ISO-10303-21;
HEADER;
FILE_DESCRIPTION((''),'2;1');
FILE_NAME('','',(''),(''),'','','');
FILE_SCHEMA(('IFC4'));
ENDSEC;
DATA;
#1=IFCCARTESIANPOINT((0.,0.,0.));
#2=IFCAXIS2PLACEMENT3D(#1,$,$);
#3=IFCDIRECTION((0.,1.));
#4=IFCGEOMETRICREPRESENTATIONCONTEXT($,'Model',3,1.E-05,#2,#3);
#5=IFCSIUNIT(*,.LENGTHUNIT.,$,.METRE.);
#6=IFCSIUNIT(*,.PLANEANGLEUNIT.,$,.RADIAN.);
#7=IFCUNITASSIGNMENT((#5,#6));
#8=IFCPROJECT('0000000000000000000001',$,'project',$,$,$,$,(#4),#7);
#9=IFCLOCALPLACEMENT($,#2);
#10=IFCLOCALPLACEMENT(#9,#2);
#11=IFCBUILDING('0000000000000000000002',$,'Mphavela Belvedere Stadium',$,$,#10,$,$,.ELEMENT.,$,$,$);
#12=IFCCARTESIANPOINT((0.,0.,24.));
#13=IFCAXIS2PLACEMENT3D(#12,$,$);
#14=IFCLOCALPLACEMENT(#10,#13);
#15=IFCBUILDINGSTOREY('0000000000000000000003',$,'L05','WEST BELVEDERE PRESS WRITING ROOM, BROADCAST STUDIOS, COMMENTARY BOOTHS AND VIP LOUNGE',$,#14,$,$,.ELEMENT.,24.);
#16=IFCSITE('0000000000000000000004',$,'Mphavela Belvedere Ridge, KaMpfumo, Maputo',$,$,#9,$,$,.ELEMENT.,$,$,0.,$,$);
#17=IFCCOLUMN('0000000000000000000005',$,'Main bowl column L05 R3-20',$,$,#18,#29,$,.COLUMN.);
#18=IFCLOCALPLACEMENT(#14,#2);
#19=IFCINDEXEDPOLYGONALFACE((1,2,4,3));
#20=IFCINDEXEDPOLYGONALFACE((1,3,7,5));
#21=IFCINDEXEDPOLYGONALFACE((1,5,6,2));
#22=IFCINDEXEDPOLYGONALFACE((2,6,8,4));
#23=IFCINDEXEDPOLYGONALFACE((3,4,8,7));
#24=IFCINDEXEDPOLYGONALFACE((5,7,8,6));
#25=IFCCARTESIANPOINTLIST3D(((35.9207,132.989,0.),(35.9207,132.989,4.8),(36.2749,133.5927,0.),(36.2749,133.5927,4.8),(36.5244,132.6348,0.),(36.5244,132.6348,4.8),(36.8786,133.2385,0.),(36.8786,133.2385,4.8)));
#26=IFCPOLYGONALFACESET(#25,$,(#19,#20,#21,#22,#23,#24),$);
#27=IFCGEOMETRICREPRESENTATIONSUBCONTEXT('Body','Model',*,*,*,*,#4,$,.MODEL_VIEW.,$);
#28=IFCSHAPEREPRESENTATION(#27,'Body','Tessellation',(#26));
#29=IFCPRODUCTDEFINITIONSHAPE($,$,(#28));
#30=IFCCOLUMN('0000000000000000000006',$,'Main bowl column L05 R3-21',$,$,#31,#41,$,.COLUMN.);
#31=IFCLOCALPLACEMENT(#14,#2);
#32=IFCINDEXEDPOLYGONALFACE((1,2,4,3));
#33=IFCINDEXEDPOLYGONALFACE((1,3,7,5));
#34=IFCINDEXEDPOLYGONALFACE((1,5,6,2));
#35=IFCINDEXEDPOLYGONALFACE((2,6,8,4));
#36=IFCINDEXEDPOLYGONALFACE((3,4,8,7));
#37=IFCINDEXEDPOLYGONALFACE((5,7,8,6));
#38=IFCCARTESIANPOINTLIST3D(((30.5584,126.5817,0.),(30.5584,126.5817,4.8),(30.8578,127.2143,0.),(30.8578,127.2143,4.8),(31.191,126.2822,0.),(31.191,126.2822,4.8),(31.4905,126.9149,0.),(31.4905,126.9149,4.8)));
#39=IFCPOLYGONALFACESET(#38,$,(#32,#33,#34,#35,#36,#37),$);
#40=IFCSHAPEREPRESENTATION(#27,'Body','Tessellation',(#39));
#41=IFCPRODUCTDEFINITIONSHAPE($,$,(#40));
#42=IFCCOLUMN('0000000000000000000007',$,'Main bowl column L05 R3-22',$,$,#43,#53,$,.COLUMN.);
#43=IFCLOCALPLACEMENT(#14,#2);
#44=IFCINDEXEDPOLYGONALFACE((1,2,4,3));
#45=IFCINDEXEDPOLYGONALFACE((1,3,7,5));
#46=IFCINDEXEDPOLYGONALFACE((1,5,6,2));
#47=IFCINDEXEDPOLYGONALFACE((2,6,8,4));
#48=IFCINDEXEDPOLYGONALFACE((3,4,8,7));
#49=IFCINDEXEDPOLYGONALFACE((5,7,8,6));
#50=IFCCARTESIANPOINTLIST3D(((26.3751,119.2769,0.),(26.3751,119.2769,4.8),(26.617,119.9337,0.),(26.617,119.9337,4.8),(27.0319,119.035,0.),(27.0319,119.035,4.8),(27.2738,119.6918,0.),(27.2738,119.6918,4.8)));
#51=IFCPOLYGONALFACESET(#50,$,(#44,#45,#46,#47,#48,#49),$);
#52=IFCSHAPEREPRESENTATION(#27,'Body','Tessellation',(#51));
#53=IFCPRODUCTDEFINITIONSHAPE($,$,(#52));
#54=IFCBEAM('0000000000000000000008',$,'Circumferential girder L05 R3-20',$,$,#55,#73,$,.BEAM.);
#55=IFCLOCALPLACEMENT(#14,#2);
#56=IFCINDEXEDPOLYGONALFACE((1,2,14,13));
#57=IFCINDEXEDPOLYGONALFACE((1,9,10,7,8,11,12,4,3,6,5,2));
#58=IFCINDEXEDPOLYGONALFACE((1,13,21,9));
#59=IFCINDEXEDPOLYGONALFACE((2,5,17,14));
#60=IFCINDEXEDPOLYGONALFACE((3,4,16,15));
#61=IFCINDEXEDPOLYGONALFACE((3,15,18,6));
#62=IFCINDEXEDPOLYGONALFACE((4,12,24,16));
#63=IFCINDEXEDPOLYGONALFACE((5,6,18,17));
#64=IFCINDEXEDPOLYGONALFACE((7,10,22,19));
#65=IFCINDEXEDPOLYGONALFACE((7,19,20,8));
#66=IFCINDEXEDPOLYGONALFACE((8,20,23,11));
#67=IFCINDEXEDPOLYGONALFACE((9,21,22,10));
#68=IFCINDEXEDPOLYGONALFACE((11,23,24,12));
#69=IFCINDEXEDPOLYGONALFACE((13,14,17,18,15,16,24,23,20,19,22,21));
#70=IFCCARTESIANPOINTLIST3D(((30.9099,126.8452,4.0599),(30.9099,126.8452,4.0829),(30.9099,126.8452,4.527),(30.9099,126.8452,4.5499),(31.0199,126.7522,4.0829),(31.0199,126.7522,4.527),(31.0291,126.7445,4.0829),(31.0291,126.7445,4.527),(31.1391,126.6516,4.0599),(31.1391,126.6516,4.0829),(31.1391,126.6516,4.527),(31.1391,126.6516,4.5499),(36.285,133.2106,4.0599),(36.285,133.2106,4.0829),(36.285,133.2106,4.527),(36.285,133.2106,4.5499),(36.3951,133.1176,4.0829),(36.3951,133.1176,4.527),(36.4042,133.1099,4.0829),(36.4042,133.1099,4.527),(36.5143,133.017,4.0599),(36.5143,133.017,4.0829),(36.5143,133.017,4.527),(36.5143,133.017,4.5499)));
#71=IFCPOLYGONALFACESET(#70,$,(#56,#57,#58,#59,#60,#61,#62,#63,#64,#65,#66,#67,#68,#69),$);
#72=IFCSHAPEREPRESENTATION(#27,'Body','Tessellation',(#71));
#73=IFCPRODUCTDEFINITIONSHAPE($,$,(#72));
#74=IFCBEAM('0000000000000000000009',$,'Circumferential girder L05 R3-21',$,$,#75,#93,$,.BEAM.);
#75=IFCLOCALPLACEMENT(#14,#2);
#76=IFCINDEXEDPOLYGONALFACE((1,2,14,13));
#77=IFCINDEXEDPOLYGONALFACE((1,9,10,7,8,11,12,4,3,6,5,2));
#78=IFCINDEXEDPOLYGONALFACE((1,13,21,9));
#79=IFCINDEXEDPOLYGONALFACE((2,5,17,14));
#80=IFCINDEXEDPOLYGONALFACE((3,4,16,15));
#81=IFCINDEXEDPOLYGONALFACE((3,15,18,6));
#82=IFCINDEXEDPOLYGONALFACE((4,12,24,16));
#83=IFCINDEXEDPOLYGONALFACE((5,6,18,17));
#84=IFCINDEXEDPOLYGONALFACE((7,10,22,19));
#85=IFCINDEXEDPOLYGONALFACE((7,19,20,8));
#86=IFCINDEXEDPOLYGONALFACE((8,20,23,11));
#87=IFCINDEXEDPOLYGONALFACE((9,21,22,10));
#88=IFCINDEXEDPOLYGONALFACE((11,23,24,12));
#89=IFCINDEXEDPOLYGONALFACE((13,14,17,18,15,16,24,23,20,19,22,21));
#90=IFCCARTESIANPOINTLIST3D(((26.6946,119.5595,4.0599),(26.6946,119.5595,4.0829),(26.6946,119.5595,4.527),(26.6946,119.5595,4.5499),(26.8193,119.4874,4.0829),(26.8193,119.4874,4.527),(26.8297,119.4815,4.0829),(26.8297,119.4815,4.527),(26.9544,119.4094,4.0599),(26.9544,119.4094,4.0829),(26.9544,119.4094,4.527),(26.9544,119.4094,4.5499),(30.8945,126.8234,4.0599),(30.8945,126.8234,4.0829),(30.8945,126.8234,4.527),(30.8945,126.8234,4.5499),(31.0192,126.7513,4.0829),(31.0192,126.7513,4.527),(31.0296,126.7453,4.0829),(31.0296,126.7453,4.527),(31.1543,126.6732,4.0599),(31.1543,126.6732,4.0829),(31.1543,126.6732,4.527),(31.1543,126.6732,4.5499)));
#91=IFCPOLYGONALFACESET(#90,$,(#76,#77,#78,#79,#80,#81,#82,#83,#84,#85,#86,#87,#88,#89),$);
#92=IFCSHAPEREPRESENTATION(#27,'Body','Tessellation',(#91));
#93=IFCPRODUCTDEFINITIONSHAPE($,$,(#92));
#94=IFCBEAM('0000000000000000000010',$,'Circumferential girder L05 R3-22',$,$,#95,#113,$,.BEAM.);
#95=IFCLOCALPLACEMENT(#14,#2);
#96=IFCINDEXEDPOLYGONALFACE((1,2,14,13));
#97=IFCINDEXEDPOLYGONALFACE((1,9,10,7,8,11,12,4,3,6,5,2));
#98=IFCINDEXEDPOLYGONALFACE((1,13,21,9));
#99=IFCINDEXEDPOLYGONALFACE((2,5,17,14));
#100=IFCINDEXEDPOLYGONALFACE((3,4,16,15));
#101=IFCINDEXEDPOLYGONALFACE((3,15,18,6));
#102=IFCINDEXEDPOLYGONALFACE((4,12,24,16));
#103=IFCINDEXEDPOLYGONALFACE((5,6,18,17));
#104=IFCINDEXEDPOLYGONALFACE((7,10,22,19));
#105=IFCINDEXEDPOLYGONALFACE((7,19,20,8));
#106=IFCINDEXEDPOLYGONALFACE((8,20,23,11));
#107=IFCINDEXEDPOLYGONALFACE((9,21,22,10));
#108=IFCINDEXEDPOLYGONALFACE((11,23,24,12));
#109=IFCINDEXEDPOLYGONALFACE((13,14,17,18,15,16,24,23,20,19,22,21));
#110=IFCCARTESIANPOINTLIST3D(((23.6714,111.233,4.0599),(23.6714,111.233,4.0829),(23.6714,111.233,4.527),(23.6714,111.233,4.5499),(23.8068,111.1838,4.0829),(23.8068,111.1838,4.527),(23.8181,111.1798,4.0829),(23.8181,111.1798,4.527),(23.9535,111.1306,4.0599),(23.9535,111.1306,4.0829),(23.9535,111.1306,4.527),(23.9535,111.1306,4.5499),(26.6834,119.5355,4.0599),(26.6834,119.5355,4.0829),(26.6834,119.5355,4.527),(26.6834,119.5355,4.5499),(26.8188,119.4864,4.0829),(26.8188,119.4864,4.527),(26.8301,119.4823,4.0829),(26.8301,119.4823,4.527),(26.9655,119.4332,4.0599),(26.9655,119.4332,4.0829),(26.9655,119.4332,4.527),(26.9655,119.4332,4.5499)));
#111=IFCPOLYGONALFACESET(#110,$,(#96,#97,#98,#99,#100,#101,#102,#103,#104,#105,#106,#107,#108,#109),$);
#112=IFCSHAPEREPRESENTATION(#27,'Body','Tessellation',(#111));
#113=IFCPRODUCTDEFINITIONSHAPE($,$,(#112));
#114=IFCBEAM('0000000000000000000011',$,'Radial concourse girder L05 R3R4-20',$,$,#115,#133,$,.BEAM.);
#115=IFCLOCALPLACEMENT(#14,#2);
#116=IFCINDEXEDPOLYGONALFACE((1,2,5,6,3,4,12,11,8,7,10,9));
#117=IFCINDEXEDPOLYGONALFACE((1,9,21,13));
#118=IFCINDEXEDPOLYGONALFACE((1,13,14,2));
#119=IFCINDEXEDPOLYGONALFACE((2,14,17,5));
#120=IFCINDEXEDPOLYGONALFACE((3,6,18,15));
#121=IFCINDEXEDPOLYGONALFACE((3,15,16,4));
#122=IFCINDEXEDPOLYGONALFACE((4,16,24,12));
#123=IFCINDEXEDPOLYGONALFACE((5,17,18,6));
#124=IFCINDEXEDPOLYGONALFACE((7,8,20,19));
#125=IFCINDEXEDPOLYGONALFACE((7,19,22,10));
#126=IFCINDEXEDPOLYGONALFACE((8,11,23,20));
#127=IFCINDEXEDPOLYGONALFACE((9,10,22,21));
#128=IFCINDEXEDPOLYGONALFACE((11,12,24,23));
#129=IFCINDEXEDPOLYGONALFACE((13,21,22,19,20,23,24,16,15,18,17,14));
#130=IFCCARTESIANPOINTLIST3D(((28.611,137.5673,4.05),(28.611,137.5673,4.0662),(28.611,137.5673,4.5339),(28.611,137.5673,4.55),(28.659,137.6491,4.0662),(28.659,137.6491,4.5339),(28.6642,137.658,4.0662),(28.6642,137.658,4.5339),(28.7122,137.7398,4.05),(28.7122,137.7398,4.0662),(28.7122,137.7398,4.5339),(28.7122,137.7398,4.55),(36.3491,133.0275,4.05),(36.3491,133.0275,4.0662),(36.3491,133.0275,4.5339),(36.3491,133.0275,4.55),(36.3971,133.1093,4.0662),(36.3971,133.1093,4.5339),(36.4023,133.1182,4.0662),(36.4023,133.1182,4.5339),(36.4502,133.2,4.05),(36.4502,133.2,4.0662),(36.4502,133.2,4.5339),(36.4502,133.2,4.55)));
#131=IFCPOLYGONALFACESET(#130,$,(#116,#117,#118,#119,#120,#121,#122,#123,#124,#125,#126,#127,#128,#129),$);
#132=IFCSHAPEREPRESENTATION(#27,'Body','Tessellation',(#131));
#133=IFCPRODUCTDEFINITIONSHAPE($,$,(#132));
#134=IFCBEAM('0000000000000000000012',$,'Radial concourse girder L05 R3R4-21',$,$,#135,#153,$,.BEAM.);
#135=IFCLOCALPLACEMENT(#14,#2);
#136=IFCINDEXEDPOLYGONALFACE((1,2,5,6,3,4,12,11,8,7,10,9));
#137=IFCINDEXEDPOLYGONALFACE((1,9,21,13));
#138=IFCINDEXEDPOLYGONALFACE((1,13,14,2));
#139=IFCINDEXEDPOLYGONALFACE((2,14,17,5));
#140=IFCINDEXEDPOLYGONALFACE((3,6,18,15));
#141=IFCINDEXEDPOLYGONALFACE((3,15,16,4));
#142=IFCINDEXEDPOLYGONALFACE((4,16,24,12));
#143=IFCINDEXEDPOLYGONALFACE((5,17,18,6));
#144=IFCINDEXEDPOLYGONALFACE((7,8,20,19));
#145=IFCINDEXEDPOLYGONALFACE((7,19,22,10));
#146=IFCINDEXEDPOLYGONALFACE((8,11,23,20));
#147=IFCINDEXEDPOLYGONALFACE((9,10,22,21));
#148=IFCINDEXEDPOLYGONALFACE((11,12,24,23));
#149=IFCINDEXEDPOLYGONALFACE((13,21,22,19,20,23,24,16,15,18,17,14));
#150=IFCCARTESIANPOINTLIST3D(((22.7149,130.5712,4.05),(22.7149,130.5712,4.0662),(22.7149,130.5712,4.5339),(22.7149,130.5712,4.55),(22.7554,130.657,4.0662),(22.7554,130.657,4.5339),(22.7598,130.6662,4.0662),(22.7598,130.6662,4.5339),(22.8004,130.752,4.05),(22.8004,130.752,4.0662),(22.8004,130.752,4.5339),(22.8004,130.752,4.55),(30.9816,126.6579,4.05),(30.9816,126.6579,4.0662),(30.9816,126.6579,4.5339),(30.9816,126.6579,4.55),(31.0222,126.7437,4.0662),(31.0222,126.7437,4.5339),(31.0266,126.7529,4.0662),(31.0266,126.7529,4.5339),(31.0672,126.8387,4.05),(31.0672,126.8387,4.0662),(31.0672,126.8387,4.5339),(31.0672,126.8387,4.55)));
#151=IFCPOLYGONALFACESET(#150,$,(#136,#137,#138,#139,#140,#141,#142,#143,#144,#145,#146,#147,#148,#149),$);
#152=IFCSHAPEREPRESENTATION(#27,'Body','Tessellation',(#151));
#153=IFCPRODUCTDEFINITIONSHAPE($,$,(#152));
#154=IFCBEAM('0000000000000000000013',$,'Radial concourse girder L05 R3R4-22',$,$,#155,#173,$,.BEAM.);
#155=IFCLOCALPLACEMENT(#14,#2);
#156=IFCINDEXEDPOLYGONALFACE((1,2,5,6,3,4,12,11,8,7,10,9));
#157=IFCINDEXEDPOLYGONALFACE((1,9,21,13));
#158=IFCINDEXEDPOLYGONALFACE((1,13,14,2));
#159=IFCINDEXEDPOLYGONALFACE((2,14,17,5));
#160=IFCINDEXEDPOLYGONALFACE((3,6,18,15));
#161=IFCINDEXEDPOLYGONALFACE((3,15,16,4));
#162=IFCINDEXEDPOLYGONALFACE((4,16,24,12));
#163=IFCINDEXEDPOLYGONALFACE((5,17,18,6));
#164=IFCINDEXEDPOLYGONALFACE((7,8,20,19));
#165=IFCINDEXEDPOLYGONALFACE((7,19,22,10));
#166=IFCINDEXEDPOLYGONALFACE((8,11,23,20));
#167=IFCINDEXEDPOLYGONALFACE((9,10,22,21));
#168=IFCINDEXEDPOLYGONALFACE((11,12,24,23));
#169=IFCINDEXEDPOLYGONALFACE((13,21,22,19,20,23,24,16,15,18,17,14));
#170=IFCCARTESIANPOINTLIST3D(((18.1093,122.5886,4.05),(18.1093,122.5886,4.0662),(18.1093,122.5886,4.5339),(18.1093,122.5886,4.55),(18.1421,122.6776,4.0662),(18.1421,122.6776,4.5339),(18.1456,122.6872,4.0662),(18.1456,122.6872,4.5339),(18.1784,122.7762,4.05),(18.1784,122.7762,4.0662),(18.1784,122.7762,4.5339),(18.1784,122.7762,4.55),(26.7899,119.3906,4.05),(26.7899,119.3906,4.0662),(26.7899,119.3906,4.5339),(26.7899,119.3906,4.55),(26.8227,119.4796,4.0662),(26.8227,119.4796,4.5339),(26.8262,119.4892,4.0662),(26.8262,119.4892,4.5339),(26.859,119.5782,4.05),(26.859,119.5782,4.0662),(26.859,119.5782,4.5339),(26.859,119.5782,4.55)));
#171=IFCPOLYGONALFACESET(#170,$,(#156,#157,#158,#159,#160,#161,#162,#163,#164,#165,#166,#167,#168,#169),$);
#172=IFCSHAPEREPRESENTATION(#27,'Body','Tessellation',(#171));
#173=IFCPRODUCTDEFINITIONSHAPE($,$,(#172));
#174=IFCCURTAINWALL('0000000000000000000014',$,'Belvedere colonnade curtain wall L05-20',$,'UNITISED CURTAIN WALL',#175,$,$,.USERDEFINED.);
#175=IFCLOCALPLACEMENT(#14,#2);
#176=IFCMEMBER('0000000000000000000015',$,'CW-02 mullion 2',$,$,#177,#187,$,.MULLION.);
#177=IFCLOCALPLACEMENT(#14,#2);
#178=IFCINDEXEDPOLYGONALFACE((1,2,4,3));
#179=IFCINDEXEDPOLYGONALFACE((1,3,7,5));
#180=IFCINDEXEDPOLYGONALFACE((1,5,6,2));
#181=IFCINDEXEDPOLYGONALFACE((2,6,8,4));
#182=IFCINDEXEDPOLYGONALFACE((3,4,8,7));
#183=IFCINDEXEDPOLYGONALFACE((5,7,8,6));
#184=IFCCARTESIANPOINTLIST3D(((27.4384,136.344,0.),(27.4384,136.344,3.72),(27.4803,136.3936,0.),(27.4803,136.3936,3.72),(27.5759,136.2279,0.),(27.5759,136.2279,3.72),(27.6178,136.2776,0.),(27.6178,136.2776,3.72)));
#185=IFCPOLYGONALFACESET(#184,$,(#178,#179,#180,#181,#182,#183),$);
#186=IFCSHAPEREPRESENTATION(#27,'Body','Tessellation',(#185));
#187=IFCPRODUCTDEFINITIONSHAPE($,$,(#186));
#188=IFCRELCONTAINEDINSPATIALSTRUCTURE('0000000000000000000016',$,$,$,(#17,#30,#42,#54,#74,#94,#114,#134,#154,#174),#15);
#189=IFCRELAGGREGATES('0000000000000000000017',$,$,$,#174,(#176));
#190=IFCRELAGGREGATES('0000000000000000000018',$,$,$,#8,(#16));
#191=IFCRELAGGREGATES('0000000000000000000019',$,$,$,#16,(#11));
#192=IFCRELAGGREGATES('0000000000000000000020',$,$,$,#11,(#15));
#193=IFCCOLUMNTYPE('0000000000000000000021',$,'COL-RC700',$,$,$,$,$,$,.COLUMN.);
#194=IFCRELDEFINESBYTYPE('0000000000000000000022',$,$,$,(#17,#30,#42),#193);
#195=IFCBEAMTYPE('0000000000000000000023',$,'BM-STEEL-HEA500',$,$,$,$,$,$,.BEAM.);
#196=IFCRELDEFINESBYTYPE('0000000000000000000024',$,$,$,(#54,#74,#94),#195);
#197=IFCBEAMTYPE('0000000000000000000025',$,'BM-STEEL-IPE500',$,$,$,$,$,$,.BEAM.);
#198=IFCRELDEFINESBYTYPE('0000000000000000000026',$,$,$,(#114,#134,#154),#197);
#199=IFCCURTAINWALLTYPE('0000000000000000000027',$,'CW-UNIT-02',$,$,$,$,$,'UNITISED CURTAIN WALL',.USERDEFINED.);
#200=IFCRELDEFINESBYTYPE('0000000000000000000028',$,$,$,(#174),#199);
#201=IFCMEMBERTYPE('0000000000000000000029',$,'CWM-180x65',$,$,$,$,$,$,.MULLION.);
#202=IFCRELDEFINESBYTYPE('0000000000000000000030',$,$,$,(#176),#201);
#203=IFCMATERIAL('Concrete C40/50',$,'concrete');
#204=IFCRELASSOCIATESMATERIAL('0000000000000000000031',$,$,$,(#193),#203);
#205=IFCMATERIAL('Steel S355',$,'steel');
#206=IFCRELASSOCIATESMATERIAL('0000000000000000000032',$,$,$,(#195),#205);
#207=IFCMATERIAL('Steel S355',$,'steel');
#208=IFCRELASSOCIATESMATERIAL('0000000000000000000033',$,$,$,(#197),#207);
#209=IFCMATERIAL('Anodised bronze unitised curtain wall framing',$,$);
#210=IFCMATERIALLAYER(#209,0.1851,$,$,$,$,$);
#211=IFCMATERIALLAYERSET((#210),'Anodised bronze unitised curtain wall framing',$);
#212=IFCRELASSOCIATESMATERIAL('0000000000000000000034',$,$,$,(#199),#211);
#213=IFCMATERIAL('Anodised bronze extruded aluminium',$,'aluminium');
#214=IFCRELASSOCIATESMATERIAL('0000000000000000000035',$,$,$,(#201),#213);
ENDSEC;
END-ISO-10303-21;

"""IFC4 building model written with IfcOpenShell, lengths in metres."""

from ifc_helpers import new_model, si_unit, direction, frame, origin, origin_2d, place, context, subcontext, project, spatial, rectangle, i_section, extrude, material, layer, layer_set, material_profile, profile_set, type_object, element, aggregate, save


model = new_model("IFC4")

# Units and contexts
model_context = context("Model", 3, precision=1e-05, world=origin(), true_north=direction((0.0, 1.0)))
body_context = subcontext(model_context, "Body", "Model", "MODEL_VIEW")
ifc_project = project(units=[si_unit("LENGTHUNIT", "METRE"), si_unit("PLANEANGLEUNIT", "RADIAN")], contexts=[model_context])

# Site, building, storey
site_placement = place(None, origin())
site = spatial("IfcSite", under=ifc_project, at=site_placement, Name="Mphavela Belvedere Ridge, KaMpfumo, Maputo", CompositionType="ELEMENT", RefElevation=0.0)
building_placement = place(site_placement, origin())
building = spatial("IfcBuilding", under=site, at=building_placement, Name="Mphavela Belvedere Stadium", CompositionType="ELEMENT")
storey_placement = place(building_placement, frame((0.0, 0.0, 24.0)))
storey = spatial("IfcBuildingStorey", under=building, at=storey_placement, Name="L05", Description="WEST BELVEDERE PRESS WRITING ROOM, BROADCAST STUDIOS, COMMENTARY BOOTHS AND VIP LOUNGE", CompositionType="ELEMENT", Elevation=24.0)

# Columns
ifc_material_1 = material(Name="Concrete C40/50", Category="concrete")
ifc_material_profile_1 = material_profile(ifc_material_1, rectangle(XDim=0.7, YDim=0.7, at=origin_2d()), Name="RC 700x700")
ifc_profile_set_1 = profile_set([ifc_material_profile_1], Name="Concrete C40/50")
column_type = type_object("IfcColumnType", Name="COL-RC700", PredefinedType="COLUMN", material=ifc_profile_set_1)
for number, where, z_axis, x_axis, name in (
    (1, (36.3997, 133.1138, 0.0), (0.0, 0.0, 1.0), (-0.862514, 0.506034, 0.0), "Main bowl column L05 R3-20"),
    (2, (31.0244, 126.7483, 0.0), (0.0, 0.0, 1.0), (-0.903859, 0.427831, 0.0), "Main bowl column L05 R3-21"),
    (3, (26.8245, 119.4844, 0.0), (0.0, 0.0, 1.0), (-0.938372, 0.345626, 0.0), "Main bowl column L05 R3-22"),
):
    element("IfcColumn", number, at=place(storey_placement, frame(where, z_axis=z_axis, x_axis=x_axis)), inside=storey, type_object=column_type, Name=name, PredefinedType="COLUMN", context=body_context, shape_type="SweptSolid", body=[
        extrude(rectangle(XDim=0.7, YDim=0.7, at=origin_2d()), origin(), (0.0, 0.0, 1.0), 4.8),
    ])

# Beams
ifc_material_2 = material(Name="Steel S355", Category="steel")
ifc_material_profile_2 = material_profile(ifc_material_2, i_section(OverallWidth=0.3, OverallDepth=0.49, WebThickness=0.012, FlangeThickness=0.0229, at=origin_2d()), Name="HEA 500")
ifc_profile_set_2 = profile_set([ifc_material_profile_2], Name="Steel S355")
beam_type_1 = type_object("IfcBeamType", Name="BM-STEEL-HEA500", PredefinedType="BEAM", material=ifc_profile_set_2)
beam_1_placement = place(storey_placement, frame((36.3997, 133.1138, 4.3049), z_axis=(-0.645177, -0.764033, 0.0), x_axis=(0.764033, -0.645177, 0.0)))
element("IfcBeam", 4, at=beam_1_placement, inside=storey, type_object=beam_type_1, Name="Circumferential girder L05 R3-20", PredefinedType="BEAM", context=body_context, shape_type="SweptSolid", body=[
    extrude(i_section(OverallWidth=0.3, OverallDepth=0.49, WebThickness=0.012, FlangeThickness=0.0229, at=origin_2d()), origin(), (0.0, 0.0, 1.0), 8.3313),
])
beam_2_placement = place(storey_placement, frame((31.0244, 126.7483, 4.3049), z_axis=(-0.500548, -0.865709, 0.0), x_axis=(0.865709, -0.500548, 0.0)))
element("IfcBeam", 5, at=beam_2_placement, inside=storey, type_object=beam_type_1, Name="Circumferential girder L05 R3-21", PredefinedType="BEAM", context=body_context, shape_type="SweptSolid", body=[
    extrude(i_section(OverallWidth=0.3, OverallDepth=0.49, WebThickness=0.012, FlangeThickness=0.0229, at=origin_2d()), origin(), (0.0, 0.0, 1.0), 8.3906),
])
beam_3_placement = place(storey_placement, frame((26.8245, 119.4844, 4.3049), z_axis=(-0.341031, -0.940052, 0.0), x_axis=(0.940052, -0.341031, 0.0)))
element("IfcBeam", 6, at=beam_3_placement, inside=storey, type_object=beam_type_1, Name="Circumferential girder L05 R3-22", PredefinedType="BEAM", context=body_context, shape_type="SweptSolid", body=[
    extrude(i_section(OverallWidth=0.3, OverallDepth=0.49, WebThickness=0.012, FlangeThickness=0.0229, at=origin_2d()), origin(), (0.0, 0.0, 1.0), 8.832),
])
ifc_material_3 = material(Name="Steel S355", Category="steel")
ifc_material_profile_3 = material_profile(ifc_material_3, i_section(OverallWidth=0.2, OverallDepth=0.5, WebThickness=0.0103, FlangeThickness=0.0161, at=origin_2d()), Name="IPE 500")
ifc_profile_set_3 = profile_set([ifc_material_profile_3], Name="Steel S355")
beam_type_2 = type_object("IfcBeamType", Name="BM-STEEL-IPE500", PredefinedType="BEAM", material=ifc_profile_set_3)
beam_4_placement = place(storey_placement, frame((36.3997, 133.1138, 4.3), z_axis=(-0.862518, 0.506027, 0.0), x_axis=(-0.506027, -0.862518, 0.0)))
element("IfcBeam", 7, at=beam_4_placement, inside=storey, type_object=beam_type_2, Name="Radial concourse girder L05 R3R4-20", PredefinedType="BEAM", context=body_context, shape_type="SweptSolid", body=[
    extrude(i_section(OverallWidth=0.2, OverallDepth=0.5, WebThickness=0.0103, FlangeThickness=0.0161, at=origin_2d()), origin(), (0.0, 0.0, 1.0), 8.9714),
])
beam_5_placement = place(storey_placement, frame((31.0244, 126.7483, 4.3), z_axis=(-0.903845, 0.427859, 0.0), x_axis=(-0.427859, -0.903845, 0.0)))
element("IfcBeam", 8, at=beam_5_placement, inside=storey, type_object=beam_type_2, Name="Radial concourse girder L05 R3R4-21", PredefinedType="BEAM", context=body_context, shape_type="SweptSolid", body=[
    extrude(i_section(OverallWidth=0.2, OverallDepth=0.5, WebThickness=0.0103, FlangeThickness=0.0161, at=origin_2d()), origin(), (0.0, 0.0, 1.0), 9.1462),
])
beam_6_placement = place(storey_placement, frame((26.8245, 119.4844, 4.3), z_axis=(-0.938348, 0.345692, 0.0), x_axis=(-0.345692, -0.938348, 0.0)))
element("IfcBeam", 9, at=beam_6_placement, inside=storey, type_object=beam_type_2, Name="Radial concourse girder L05 R3R4-22", PredefinedType="BEAM", context=body_context, shape_type="SweptSolid", body=[
    extrude(i_section(OverallWidth=0.2, OverallDepth=0.5, WebThickness=0.0103, FlangeThickness=0.0161, at=origin_2d()), origin(), (0.0, 0.0, 1.0), 9.251),
])

# Curtain wall, member
ifc_material_4 = material(Name="Anodised bronze unitised curtain wall framing")
ifc_layer_1 = layer(ifc_material_4, 0.1851)
ifc_layer_set_1 = layer_set([ifc_layer_1], Name="Anodised bronze unitised curtain wall framing")
curtain_wall_type = type_object("IfcCurtainWallType", Name="CW-UNIT-02", ElementType="UNITISED CURTAIN WALL", PredefinedType="USERDEFINED", material=ifc_layer_set_1)
curtain_wall_placement = place(storey_placement, origin())
curtain_wall = element("IfcCurtainWall", 10, at=curtain_wall_placement, inside=storey, type_object=curtain_wall_type, Name="Belvedere colonnade curtain wall L05-20", ObjectType="UNITISED CURTAIN WALL", PredefinedType="USERDEFINED")
ifc_material_5 = material(Name="Anodised bronze extruded aluminium", Category="aluminium")
ifc_material_profile_4 = material_profile(ifc_material_5, rectangle(XDim=0.1799, YDim=0.0649, at=origin_2d()), Name="CW-MUL 180x65")
ifc_profile_set_4 = profile_set([ifc_material_profile_4], Name="Anodised bronze extruded aluminium")
member_type_1 = type_object("IfcMemberType", Name="CWM-180x65", PredefinedType="MULLION", material=ifc_profile_set_4)
member_1_placement = place(storey_placement, frame((27.5281, 136.3108, 0.0), z_axis=(0.0, 0.0, 1.0), x_axis=(0.764035, -0.645175, 0.0)))
member_1 = element("IfcMember", 11, at=member_1_placement, type_object=member_type_1, Name="CW-02 mullion 2", PredefinedType="MULLION", context=body_context, shape_type="SweptSolid", body=[
    extrude(rectangle(XDim=0.1799, YDim=0.0649, at=origin_2d()), origin(), (0.0, 0.0, 1.0), 3.72),
])
aggregate(curtain_wall, [member_1])

save(model, "model.ifc")
